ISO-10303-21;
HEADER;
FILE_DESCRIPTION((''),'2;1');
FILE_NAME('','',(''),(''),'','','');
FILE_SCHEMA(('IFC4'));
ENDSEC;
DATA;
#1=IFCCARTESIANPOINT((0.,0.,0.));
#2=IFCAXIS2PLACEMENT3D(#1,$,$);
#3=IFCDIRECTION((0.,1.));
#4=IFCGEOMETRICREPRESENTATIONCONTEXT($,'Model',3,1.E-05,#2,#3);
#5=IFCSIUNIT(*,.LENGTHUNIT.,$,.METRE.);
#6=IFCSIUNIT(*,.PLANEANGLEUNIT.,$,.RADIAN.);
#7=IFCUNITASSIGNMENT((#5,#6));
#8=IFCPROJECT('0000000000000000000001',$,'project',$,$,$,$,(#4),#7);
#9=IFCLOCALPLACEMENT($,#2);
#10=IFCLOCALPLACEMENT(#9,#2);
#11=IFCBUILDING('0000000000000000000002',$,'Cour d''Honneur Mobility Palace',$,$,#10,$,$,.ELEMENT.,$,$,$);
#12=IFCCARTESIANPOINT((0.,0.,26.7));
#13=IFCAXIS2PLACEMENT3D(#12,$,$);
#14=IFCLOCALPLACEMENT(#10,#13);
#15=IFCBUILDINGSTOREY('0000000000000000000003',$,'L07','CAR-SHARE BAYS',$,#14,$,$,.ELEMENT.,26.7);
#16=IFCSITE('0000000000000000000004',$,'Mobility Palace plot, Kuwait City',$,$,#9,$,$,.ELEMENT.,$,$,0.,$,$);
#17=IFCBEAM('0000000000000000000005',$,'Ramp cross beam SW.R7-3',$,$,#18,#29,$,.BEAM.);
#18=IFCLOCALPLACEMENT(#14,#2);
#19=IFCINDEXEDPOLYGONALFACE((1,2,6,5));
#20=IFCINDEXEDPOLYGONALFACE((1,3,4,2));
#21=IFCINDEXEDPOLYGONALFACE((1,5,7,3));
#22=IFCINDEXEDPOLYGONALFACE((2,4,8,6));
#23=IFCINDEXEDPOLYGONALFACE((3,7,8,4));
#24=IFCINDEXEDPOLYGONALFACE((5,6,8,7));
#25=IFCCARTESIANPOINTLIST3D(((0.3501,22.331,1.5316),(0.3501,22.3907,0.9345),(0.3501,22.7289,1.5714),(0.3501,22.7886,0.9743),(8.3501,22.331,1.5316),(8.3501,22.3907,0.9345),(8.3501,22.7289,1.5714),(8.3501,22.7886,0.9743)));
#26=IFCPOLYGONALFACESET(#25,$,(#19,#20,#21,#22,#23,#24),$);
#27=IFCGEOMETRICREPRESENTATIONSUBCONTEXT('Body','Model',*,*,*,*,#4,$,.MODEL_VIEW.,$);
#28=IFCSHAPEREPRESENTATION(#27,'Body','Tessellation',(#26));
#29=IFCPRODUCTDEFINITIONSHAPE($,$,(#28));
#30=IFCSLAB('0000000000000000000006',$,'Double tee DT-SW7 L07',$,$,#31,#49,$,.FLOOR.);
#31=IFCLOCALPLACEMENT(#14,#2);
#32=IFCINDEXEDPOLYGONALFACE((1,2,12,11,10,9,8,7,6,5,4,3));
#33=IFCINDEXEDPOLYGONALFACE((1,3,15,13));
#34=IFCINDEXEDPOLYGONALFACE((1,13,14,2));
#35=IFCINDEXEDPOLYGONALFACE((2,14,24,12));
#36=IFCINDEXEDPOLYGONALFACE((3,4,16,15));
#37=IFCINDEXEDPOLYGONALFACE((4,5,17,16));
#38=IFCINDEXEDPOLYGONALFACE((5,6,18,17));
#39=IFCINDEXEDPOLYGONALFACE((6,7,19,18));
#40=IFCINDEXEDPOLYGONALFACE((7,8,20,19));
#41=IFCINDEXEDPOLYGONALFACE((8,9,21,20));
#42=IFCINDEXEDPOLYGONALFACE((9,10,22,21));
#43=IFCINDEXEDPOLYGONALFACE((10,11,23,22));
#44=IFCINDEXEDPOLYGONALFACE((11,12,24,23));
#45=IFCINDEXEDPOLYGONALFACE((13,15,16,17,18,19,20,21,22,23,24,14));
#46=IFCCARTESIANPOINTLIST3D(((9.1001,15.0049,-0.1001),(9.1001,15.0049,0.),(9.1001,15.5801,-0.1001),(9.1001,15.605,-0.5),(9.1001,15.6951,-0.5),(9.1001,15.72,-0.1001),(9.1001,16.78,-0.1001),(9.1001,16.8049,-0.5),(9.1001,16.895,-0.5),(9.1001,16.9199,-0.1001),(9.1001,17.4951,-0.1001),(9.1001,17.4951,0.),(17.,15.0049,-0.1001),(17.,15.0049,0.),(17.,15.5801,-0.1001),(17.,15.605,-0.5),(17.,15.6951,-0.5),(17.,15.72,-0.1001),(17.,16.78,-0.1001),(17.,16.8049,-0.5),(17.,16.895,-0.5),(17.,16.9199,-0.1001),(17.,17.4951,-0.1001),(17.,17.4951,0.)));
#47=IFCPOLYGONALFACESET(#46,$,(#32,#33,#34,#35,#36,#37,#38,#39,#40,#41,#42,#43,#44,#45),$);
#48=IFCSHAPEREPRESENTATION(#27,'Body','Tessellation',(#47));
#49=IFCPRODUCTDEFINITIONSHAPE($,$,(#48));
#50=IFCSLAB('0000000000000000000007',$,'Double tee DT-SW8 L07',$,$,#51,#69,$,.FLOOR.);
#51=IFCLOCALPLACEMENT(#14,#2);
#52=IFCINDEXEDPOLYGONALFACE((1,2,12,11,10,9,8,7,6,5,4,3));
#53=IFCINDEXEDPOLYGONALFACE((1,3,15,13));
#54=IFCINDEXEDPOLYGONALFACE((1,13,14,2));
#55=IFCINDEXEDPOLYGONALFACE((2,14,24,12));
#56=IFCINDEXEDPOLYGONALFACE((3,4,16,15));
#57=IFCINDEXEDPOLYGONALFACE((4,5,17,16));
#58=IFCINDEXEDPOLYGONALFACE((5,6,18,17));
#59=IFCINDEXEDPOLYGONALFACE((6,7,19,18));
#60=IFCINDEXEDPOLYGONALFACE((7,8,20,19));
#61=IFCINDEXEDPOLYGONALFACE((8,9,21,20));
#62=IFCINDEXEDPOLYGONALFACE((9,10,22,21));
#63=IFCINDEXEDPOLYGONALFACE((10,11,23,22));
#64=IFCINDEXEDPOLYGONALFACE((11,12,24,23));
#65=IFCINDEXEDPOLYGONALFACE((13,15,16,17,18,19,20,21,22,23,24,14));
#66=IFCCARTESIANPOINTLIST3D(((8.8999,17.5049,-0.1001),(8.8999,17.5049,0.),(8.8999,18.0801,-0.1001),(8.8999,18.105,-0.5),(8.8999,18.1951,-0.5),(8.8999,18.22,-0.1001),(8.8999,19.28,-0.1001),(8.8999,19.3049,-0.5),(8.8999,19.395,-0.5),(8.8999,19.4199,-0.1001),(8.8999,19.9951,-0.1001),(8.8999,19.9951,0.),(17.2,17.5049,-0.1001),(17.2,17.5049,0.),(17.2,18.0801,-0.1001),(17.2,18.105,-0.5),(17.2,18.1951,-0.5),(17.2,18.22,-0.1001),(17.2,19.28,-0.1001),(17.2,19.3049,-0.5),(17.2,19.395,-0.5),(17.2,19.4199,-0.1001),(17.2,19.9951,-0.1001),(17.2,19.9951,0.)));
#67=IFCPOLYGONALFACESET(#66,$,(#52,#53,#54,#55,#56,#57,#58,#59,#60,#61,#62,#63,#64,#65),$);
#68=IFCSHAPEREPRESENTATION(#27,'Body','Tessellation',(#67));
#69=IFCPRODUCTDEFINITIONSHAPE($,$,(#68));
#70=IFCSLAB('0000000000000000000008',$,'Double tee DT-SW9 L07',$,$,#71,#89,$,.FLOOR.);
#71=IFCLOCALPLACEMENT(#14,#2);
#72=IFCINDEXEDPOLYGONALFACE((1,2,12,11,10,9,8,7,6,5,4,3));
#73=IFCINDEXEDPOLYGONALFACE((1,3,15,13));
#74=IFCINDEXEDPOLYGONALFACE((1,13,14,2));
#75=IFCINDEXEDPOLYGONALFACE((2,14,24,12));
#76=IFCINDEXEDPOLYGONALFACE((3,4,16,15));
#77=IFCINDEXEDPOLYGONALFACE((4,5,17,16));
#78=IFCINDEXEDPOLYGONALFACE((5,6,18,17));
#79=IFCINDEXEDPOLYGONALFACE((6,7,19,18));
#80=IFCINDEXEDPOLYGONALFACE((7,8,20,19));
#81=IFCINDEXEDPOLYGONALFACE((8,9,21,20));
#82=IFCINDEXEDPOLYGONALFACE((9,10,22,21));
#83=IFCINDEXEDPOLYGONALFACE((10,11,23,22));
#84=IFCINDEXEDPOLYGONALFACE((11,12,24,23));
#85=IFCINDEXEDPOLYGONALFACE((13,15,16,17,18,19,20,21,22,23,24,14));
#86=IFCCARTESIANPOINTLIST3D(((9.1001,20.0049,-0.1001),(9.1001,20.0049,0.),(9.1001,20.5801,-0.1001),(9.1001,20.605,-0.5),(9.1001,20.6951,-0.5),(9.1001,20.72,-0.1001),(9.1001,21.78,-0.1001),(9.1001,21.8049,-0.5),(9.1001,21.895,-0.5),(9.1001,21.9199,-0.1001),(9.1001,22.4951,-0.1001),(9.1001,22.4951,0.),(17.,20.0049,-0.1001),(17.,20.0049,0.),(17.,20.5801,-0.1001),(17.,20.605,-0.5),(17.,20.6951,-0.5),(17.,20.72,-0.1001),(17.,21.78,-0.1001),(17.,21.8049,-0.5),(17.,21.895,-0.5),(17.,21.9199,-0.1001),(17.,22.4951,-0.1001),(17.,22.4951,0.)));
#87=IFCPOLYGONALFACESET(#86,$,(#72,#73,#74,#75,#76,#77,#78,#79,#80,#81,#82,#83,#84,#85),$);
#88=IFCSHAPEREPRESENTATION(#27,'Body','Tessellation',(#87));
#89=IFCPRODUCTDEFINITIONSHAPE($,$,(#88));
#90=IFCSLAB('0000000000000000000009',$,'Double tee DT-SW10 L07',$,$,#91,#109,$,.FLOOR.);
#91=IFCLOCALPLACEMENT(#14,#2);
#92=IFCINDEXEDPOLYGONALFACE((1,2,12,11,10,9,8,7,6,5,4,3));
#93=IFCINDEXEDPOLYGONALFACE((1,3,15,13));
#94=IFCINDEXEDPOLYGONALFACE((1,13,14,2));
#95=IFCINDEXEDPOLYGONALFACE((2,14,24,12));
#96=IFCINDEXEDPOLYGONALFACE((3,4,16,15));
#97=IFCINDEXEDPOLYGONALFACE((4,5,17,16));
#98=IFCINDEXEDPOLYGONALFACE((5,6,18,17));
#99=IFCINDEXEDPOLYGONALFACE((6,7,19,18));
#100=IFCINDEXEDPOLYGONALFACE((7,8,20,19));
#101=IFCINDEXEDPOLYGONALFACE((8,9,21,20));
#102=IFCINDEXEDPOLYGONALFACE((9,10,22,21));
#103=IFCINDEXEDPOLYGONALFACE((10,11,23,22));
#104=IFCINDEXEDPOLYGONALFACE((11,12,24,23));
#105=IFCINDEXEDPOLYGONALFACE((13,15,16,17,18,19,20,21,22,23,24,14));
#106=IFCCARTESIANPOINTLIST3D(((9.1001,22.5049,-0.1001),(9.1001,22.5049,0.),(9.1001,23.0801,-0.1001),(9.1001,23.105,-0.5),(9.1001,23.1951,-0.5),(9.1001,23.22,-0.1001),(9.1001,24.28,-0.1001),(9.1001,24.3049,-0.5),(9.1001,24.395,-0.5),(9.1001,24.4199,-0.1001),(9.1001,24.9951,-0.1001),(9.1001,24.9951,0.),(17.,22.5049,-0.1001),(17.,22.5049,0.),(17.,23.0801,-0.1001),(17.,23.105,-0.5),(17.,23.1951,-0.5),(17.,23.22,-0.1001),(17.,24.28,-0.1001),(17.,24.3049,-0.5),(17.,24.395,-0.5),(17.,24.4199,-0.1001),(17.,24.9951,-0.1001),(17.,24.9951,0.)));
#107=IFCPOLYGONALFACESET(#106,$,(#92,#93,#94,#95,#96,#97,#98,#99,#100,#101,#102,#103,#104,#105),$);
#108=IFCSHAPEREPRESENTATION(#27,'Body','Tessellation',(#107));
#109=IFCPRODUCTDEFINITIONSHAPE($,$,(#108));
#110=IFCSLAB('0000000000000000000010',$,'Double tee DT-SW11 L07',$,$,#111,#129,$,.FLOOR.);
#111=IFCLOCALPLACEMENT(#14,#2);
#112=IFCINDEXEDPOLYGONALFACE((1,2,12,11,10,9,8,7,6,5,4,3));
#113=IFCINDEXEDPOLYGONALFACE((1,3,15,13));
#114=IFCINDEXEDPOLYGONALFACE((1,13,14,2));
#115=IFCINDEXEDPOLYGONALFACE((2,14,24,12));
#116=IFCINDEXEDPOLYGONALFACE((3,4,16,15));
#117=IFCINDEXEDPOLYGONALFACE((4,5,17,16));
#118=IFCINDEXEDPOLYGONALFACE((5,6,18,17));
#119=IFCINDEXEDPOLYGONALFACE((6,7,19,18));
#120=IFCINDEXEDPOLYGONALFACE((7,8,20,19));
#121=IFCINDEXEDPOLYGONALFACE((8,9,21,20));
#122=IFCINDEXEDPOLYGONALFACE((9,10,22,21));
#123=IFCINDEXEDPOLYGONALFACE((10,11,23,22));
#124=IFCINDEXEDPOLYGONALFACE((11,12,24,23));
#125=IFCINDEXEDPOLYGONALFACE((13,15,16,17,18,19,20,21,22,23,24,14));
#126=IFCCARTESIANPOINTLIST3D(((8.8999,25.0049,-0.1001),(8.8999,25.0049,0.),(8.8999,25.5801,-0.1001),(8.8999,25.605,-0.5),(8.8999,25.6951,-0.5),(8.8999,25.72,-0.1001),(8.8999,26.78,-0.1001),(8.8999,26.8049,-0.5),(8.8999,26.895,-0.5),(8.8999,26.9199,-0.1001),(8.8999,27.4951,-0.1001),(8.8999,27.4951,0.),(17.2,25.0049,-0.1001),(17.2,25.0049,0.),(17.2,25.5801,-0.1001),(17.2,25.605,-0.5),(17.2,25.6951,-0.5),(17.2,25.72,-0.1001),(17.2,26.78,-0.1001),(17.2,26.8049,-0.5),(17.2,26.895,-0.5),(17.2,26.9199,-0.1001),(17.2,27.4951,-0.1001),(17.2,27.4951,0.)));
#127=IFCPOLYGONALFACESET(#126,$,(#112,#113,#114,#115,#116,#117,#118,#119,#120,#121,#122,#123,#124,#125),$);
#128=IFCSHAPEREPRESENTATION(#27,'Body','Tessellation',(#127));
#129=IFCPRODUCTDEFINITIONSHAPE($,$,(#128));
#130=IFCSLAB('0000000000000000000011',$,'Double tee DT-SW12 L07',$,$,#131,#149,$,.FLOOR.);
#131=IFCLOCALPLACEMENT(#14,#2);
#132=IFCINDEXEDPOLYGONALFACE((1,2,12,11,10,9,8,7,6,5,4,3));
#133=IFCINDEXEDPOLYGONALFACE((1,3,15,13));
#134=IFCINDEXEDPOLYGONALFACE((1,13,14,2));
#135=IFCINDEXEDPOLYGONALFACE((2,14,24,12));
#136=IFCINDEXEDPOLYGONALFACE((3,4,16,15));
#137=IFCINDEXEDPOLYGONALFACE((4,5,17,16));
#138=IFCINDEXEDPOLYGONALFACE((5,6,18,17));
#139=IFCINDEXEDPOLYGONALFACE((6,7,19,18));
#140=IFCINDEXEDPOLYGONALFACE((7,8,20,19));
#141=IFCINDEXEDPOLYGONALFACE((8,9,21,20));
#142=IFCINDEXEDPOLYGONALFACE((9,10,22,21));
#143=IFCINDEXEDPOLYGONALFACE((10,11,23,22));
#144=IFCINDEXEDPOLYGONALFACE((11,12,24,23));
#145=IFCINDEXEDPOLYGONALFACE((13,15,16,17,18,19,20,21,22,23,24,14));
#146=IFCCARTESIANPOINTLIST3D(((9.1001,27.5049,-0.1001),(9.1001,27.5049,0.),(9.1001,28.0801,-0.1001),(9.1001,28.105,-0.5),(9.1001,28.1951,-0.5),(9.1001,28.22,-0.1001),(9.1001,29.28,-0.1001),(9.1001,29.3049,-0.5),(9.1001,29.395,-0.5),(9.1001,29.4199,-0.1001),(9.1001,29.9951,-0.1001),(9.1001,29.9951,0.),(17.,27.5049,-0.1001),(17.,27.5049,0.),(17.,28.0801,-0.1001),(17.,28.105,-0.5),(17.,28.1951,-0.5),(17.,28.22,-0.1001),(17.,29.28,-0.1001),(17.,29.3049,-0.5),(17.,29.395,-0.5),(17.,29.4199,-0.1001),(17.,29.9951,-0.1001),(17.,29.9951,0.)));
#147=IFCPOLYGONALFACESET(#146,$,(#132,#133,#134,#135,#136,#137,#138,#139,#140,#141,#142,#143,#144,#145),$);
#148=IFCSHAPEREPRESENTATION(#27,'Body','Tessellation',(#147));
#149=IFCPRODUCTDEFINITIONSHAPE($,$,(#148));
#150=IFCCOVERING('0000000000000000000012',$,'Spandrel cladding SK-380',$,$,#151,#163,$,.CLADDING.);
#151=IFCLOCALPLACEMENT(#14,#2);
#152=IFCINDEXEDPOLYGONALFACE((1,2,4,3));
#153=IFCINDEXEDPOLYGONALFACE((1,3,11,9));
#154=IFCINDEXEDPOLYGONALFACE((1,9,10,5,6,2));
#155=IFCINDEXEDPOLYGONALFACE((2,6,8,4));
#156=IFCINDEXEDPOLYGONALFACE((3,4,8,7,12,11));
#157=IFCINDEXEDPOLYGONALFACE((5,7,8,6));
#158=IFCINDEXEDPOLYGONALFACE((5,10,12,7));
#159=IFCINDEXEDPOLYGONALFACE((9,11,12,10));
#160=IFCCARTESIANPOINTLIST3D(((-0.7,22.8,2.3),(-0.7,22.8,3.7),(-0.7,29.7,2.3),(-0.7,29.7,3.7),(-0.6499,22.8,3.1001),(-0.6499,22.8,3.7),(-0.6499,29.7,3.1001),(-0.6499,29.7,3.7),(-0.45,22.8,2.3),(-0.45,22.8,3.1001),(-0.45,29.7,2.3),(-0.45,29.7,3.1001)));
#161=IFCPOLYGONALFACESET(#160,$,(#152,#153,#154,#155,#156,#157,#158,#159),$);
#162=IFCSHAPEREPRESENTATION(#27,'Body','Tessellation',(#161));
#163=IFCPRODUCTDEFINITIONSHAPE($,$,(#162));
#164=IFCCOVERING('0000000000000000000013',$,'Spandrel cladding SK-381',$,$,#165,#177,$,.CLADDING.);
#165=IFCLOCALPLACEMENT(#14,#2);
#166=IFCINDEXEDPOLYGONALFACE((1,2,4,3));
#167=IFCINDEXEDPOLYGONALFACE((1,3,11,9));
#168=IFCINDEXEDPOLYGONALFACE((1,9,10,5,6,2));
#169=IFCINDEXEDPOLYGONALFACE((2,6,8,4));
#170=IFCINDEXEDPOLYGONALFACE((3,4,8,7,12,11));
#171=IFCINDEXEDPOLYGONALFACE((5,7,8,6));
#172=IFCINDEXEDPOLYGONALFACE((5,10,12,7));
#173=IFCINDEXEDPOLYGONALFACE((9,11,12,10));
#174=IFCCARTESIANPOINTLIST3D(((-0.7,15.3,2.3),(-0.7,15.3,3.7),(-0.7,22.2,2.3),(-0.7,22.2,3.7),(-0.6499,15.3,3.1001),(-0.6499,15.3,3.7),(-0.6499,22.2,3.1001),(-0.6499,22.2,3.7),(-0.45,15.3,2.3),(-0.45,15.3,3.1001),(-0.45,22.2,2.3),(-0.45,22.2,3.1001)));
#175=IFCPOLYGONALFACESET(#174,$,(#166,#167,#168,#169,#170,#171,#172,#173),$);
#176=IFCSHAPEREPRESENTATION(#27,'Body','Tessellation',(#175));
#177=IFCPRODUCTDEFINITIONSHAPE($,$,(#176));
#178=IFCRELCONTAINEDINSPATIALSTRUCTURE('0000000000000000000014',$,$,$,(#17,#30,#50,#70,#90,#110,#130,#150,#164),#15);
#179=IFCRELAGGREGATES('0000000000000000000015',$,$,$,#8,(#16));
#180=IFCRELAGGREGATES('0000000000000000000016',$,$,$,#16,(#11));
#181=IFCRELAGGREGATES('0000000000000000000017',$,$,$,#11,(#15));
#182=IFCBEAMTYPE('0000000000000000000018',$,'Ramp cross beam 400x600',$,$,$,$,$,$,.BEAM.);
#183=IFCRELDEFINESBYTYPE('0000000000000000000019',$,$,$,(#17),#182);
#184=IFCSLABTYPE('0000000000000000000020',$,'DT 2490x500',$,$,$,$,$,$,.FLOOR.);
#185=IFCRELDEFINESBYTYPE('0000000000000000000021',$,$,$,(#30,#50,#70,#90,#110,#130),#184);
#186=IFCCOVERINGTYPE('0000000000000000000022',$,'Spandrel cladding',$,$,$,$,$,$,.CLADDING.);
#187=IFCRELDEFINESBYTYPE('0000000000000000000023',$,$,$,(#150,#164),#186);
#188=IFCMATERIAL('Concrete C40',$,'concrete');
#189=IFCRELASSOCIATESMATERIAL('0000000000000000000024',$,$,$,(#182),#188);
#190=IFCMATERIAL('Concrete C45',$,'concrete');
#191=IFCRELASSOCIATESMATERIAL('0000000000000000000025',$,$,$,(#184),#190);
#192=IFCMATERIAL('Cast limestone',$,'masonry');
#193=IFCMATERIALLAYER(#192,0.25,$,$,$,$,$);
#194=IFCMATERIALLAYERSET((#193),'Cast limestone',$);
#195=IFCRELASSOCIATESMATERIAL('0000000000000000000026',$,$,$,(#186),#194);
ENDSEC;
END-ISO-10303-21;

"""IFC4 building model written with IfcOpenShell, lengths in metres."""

from ifc_helpers import new_model, si_unit, direction, frame, origin, origin_2d, place, context, subcontext, project, spatial, polyline, rectangle, outline, extrude, material, layer, layer_set, material_profile, profile_set, type_object, element, save


model = new_model("IFC4")

# Units and contexts
model_context = context("Model", 3, precision=1e-05, world=origin(), true_north=direction((0.0, 1.0)))
body_context = subcontext(model_context, "Body", "Model", "MODEL_VIEW")
ifc_project = project(units=[si_unit("LENGTHUNIT", "METRE"), si_unit("PLANEANGLEUNIT", "RADIAN")], contexts=[model_context])

# Site, building, storey
site_placement = place(None, origin())
site = spatial("IfcSite", under=ifc_project, at=site_placement, Name="Mobility Palace plot, Kuwait City", CompositionType="ELEMENT", RefElevation=0.0)
building_placement = place(site_placement, origin())
building = spatial("IfcBuilding", under=site, at=building_placement, Name="Cour d'Honneur Mobility Palace", CompositionType="ELEMENT")
storey_placement = place(building_placement, frame((0.0, 0.0, 26.7)))
storey = spatial("IfcBuildingStorey", under=building, at=storey_placement, Name="L07", Description="CAR-SHARE BAYS", CompositionType="ELEMENT", Elevation=26.7)

# Beam
ifc_material_1 = material(Name="Concrete C40", Category="concrete")
ifc_material_profile_1 = material_profile(ifc_material_1, rectangle(XDim=0.3999, YDim=0.6001, at=origin_2d()), Name="Ramp cross beam 400x600")
ifc_profile_set_1 = profile_set([ifc_material_profile_1], Name="Concrete C40")
beam_type_1 = type_object("IfcBeamType", Name="Ramp cross beam 400x600", PredefinedType="BEAM", material=ifc_profile_set_1)
beam_placement = place(storey_placement, frame((0.3501, 22.5598, 1.2529), z_axis=(1.0, 0.0, 0.0), x_axis=(0.0, 0.995037, 0.099504)))
element("IfcBeam", 1, at=beam_placement, inside=storey, type_object=beam_type_1, Name="Ramp cross beam SW.R7-3", PredefinedType="BEAM", context=body_context, shape_type="SweptSolid", body=[
    extrude(rectangle(XDim=0.3999, YDim=0.6001, at=origin_2d()), origin(), (0.0, 0.0, 1.0), 8.0),
])

# Slabs
ifc_material_2 = material(Name="Concrete C45", Category="concrete")
ifc_material_profile_2 = material_profile(ifc_material_2, outline(polyline([(-1.2451, 0.0), (1.2451, 0.0), (1.2451, -0.1001), (0.6699, -0.1001), (0.645, -0.5), (0.5549, -0.5), (0.53, -0.1001), (-0.53, -0.1001), (-0.5549, -0.5), (-0.645, -0.5), (-0.6699, -0.1001), (-1.2451, -0.1001), (-1.2451, 0.0)])), Name="DT 2490x500")
ifc_profile_set_2 = profile_set([ifc_material_profile_2], Name="Concrete C45")
slab_type = type_object("IfcSlabType", Name="DT 2490x500", PredefinedType="FLOOR", material=ifc_profile_set_2)
slab_1_placement = place(storey_placement, frame((9.1001, 16.25, 0.0), z_axis=(1.0, 0.0, 0.0), x_axis=(0.0, 1.0, 0.0)))
element("IfcSlab", 2, at=slab_1_placement, inside=storey, type_object=slab_type, Name="Double tee DT-SW7 L07", PredefinedType="FLOOR", context=body_context, shape_type="SweptSolid", body=[
    extrude(outline(polyline([(-1.2451, 0.0), (1.2451, 0.0), (1.2451, -0.1001), (0.6699, -0.1001), (0.645, -0.5), (0.5549, -0.5), (0.53, -0.1001), (-0.53, -0.1001), (-0.5549, -0.5), (-0.645, -0.5), (-0.6699, -0.1001), (-1.2451, -0.1001), (-1.2451, 0.0)])), origin(), (0.0, 0.0, 1.0), 7.8999),
])
slab_2_placement = place(storey_placement, frame((8.8999, 18.75, 0.0), z_axis=(1.0, 0.0, 0.0), x_axis=(0.0, 1.0, 0.0)))
element("IfcSlab", 3, at=slab_2_placement, inside=storey, type_object=slab_type, Name="Double tee DT-SW8 L07", PredefinedType="FLOOR", context=body_context, shape_type="SweptSolid", body=[
    extrude(outline(polyline([(-1.2451, 0.0), (1.2451, 0.0), (1.2451, -0.1001), (0.6699, -0.1001), (0.645, -0.5), (0.5549, -0.5), (0.53, -0.1001), (-0.53, -0.1001), (-0.5549, -0.5), (-0.645, -0.5), (-0.6699, -0.1001), (-1.2451, -0.1001), (-1.2451, 0.0)])), origin(), (0.0, 0.0, 1.0), 8.3),
])
for number, where, z_axis, x_axis, name in (
    (4, (9.1001, 21.25, 0.0), (1.0, 0.0, 0.0), (0.0, 1.0, 0.0), "Double tee DT-SW9 L07"),
    (5, (9.1001, 23.75, 0.0), (1.0, 0.0, 0.0), (0.0, 1.0, 0.0), "Double tee DT-SW10 L07"),
):
    element("IfcSlab", number, at=place(storey_placement, frame(where, z_axis=z_axis, x_axis=x_axis)), inside=storey, type_object=slab_type, Name=name, PredefinedType="FLOOR", context=body_context, shape_type="SweptSolid", body=[
        extrude(outline(polyline([(-1.2451, 0.0), (1.2451, 0.0), (1.2451, -0.1001), (0.6699, -0.1001), (0.645, -0.5), (0.5549, -0.5), (0.53, -0.1001), (-0.53, -0.1001), (-0.5549, -0.5), (-0.645, -0.5), (-0.6699, -0.1001), (-1.2451, -0.1001), (-1.2451, 0.0)])), origin(), (0.0, 0.0, 1.0), 7.8999),
    ])
slab_3_placement = place(storey_placement, frame((8.8999, 26.25, 0.0), z_axis=(1.0, 0.0, 0.0), x_axis=(0.0, 1.0, 0.0)))
element("IfcSlab", 6, at=slab_3_placement, inside=storey, type_object=slab_type, Name="Double tee DT-SW11 L07", PredefinedType="FLOOR", context=body_context, shape_type="SweptSolid", body=[
    extrude(outline(polyline([(-1.2451, 0.0), (1.2451, 0.0), (1.2451, -0.1001), (0.6699, -0.1001), (0.645, -0.5), (0.5549, -0.5), (0.53, -0.1001), (-0.53, -0.1001), (-0.5549, -0.5), (-0.645, -0.5), (-0.6699, -0.1001), (-1.2451, -0.1001), (-1.2451, 0.0)])), origin(), (0.0, 0.0, 1.0), 8.3),
])
slab_4_placement = place(storey_placement, frame((9.1001, 28.75, 0.0), z_axis=(1.0, 0.0, 0.0), x_axis=(0.0, 1.0, 0.0)))
element("IfcSlab", 7, at=slab_4_placement, inside=storey, type_object=slab_type, Name="Double tee DT-SW12 L07", PredefinedType="FLOOR", context=body_context, shape_type="SweptSolid", body=[
    extrude(outline(polyline([(-1.2451, 0.0), (1.2451, 0.0), (1.2451, -0.1001), (0.6699, -0.1001), (0.645, -0.5), (0.5549, -0.5), (0.53, -0.1001), (-0.53, -0.1001), (-0.5549, -0.5), (-0.645, -0.5), (-0.6699, -0.1001), (-1.2451, -0.1001), (-1.2451, 0.0)])), origin(), (0.0, 0.0, 1.0), 7.8999),
])

# Coverings
ifc_material_3 = material(Name="Cast limestone", Category="masonry")
ifc_layer_1 = layer(ifc_material_3, 0.25)
ifc_layer_set_1 = layer_set([ifc_layer_1], Name="Cast limestone")
covering_type = type_object("IfcCoveringType", Name="Spandrel cladding", PredefinedType="CLADDING", material=ifc_layer_set_1)
for number, where, z_axis, x_axis, name in (
    (8, (-0.45, 29.7, 2.3), (0.0, 1.0, 0.0), (-1.0, 0.0, 0.0), "Spandrel cladding SK-380"),
    (9, (-0.45, 22.2, 2.3), (0.0, 1.0, 0.0), (-1.0, 0.0, 0.0), "Spandrel cladding SK-381"),
):
    element("IfcCovering", number, at=place(storey_placement, frame(where, z_axis=z_axis, x_axis=x_axis)), inside=storey, type_object=covering_type, Name=name, PredefinedType="CLADDING", context=body_context, shape_type="SweptSolid", body=[
        extrude(outline(polyline([(0.0, 0.0), (0.25, 0.0), (0.25, 1.3999), (0.2, 1.3999), (0.2, 0.8), (0.0, 0.8), (0.0, 0.0)])), origin(), (0.0, 0.0, -1.0), 6.8999),
    ])

save(model, "model.ifc")
